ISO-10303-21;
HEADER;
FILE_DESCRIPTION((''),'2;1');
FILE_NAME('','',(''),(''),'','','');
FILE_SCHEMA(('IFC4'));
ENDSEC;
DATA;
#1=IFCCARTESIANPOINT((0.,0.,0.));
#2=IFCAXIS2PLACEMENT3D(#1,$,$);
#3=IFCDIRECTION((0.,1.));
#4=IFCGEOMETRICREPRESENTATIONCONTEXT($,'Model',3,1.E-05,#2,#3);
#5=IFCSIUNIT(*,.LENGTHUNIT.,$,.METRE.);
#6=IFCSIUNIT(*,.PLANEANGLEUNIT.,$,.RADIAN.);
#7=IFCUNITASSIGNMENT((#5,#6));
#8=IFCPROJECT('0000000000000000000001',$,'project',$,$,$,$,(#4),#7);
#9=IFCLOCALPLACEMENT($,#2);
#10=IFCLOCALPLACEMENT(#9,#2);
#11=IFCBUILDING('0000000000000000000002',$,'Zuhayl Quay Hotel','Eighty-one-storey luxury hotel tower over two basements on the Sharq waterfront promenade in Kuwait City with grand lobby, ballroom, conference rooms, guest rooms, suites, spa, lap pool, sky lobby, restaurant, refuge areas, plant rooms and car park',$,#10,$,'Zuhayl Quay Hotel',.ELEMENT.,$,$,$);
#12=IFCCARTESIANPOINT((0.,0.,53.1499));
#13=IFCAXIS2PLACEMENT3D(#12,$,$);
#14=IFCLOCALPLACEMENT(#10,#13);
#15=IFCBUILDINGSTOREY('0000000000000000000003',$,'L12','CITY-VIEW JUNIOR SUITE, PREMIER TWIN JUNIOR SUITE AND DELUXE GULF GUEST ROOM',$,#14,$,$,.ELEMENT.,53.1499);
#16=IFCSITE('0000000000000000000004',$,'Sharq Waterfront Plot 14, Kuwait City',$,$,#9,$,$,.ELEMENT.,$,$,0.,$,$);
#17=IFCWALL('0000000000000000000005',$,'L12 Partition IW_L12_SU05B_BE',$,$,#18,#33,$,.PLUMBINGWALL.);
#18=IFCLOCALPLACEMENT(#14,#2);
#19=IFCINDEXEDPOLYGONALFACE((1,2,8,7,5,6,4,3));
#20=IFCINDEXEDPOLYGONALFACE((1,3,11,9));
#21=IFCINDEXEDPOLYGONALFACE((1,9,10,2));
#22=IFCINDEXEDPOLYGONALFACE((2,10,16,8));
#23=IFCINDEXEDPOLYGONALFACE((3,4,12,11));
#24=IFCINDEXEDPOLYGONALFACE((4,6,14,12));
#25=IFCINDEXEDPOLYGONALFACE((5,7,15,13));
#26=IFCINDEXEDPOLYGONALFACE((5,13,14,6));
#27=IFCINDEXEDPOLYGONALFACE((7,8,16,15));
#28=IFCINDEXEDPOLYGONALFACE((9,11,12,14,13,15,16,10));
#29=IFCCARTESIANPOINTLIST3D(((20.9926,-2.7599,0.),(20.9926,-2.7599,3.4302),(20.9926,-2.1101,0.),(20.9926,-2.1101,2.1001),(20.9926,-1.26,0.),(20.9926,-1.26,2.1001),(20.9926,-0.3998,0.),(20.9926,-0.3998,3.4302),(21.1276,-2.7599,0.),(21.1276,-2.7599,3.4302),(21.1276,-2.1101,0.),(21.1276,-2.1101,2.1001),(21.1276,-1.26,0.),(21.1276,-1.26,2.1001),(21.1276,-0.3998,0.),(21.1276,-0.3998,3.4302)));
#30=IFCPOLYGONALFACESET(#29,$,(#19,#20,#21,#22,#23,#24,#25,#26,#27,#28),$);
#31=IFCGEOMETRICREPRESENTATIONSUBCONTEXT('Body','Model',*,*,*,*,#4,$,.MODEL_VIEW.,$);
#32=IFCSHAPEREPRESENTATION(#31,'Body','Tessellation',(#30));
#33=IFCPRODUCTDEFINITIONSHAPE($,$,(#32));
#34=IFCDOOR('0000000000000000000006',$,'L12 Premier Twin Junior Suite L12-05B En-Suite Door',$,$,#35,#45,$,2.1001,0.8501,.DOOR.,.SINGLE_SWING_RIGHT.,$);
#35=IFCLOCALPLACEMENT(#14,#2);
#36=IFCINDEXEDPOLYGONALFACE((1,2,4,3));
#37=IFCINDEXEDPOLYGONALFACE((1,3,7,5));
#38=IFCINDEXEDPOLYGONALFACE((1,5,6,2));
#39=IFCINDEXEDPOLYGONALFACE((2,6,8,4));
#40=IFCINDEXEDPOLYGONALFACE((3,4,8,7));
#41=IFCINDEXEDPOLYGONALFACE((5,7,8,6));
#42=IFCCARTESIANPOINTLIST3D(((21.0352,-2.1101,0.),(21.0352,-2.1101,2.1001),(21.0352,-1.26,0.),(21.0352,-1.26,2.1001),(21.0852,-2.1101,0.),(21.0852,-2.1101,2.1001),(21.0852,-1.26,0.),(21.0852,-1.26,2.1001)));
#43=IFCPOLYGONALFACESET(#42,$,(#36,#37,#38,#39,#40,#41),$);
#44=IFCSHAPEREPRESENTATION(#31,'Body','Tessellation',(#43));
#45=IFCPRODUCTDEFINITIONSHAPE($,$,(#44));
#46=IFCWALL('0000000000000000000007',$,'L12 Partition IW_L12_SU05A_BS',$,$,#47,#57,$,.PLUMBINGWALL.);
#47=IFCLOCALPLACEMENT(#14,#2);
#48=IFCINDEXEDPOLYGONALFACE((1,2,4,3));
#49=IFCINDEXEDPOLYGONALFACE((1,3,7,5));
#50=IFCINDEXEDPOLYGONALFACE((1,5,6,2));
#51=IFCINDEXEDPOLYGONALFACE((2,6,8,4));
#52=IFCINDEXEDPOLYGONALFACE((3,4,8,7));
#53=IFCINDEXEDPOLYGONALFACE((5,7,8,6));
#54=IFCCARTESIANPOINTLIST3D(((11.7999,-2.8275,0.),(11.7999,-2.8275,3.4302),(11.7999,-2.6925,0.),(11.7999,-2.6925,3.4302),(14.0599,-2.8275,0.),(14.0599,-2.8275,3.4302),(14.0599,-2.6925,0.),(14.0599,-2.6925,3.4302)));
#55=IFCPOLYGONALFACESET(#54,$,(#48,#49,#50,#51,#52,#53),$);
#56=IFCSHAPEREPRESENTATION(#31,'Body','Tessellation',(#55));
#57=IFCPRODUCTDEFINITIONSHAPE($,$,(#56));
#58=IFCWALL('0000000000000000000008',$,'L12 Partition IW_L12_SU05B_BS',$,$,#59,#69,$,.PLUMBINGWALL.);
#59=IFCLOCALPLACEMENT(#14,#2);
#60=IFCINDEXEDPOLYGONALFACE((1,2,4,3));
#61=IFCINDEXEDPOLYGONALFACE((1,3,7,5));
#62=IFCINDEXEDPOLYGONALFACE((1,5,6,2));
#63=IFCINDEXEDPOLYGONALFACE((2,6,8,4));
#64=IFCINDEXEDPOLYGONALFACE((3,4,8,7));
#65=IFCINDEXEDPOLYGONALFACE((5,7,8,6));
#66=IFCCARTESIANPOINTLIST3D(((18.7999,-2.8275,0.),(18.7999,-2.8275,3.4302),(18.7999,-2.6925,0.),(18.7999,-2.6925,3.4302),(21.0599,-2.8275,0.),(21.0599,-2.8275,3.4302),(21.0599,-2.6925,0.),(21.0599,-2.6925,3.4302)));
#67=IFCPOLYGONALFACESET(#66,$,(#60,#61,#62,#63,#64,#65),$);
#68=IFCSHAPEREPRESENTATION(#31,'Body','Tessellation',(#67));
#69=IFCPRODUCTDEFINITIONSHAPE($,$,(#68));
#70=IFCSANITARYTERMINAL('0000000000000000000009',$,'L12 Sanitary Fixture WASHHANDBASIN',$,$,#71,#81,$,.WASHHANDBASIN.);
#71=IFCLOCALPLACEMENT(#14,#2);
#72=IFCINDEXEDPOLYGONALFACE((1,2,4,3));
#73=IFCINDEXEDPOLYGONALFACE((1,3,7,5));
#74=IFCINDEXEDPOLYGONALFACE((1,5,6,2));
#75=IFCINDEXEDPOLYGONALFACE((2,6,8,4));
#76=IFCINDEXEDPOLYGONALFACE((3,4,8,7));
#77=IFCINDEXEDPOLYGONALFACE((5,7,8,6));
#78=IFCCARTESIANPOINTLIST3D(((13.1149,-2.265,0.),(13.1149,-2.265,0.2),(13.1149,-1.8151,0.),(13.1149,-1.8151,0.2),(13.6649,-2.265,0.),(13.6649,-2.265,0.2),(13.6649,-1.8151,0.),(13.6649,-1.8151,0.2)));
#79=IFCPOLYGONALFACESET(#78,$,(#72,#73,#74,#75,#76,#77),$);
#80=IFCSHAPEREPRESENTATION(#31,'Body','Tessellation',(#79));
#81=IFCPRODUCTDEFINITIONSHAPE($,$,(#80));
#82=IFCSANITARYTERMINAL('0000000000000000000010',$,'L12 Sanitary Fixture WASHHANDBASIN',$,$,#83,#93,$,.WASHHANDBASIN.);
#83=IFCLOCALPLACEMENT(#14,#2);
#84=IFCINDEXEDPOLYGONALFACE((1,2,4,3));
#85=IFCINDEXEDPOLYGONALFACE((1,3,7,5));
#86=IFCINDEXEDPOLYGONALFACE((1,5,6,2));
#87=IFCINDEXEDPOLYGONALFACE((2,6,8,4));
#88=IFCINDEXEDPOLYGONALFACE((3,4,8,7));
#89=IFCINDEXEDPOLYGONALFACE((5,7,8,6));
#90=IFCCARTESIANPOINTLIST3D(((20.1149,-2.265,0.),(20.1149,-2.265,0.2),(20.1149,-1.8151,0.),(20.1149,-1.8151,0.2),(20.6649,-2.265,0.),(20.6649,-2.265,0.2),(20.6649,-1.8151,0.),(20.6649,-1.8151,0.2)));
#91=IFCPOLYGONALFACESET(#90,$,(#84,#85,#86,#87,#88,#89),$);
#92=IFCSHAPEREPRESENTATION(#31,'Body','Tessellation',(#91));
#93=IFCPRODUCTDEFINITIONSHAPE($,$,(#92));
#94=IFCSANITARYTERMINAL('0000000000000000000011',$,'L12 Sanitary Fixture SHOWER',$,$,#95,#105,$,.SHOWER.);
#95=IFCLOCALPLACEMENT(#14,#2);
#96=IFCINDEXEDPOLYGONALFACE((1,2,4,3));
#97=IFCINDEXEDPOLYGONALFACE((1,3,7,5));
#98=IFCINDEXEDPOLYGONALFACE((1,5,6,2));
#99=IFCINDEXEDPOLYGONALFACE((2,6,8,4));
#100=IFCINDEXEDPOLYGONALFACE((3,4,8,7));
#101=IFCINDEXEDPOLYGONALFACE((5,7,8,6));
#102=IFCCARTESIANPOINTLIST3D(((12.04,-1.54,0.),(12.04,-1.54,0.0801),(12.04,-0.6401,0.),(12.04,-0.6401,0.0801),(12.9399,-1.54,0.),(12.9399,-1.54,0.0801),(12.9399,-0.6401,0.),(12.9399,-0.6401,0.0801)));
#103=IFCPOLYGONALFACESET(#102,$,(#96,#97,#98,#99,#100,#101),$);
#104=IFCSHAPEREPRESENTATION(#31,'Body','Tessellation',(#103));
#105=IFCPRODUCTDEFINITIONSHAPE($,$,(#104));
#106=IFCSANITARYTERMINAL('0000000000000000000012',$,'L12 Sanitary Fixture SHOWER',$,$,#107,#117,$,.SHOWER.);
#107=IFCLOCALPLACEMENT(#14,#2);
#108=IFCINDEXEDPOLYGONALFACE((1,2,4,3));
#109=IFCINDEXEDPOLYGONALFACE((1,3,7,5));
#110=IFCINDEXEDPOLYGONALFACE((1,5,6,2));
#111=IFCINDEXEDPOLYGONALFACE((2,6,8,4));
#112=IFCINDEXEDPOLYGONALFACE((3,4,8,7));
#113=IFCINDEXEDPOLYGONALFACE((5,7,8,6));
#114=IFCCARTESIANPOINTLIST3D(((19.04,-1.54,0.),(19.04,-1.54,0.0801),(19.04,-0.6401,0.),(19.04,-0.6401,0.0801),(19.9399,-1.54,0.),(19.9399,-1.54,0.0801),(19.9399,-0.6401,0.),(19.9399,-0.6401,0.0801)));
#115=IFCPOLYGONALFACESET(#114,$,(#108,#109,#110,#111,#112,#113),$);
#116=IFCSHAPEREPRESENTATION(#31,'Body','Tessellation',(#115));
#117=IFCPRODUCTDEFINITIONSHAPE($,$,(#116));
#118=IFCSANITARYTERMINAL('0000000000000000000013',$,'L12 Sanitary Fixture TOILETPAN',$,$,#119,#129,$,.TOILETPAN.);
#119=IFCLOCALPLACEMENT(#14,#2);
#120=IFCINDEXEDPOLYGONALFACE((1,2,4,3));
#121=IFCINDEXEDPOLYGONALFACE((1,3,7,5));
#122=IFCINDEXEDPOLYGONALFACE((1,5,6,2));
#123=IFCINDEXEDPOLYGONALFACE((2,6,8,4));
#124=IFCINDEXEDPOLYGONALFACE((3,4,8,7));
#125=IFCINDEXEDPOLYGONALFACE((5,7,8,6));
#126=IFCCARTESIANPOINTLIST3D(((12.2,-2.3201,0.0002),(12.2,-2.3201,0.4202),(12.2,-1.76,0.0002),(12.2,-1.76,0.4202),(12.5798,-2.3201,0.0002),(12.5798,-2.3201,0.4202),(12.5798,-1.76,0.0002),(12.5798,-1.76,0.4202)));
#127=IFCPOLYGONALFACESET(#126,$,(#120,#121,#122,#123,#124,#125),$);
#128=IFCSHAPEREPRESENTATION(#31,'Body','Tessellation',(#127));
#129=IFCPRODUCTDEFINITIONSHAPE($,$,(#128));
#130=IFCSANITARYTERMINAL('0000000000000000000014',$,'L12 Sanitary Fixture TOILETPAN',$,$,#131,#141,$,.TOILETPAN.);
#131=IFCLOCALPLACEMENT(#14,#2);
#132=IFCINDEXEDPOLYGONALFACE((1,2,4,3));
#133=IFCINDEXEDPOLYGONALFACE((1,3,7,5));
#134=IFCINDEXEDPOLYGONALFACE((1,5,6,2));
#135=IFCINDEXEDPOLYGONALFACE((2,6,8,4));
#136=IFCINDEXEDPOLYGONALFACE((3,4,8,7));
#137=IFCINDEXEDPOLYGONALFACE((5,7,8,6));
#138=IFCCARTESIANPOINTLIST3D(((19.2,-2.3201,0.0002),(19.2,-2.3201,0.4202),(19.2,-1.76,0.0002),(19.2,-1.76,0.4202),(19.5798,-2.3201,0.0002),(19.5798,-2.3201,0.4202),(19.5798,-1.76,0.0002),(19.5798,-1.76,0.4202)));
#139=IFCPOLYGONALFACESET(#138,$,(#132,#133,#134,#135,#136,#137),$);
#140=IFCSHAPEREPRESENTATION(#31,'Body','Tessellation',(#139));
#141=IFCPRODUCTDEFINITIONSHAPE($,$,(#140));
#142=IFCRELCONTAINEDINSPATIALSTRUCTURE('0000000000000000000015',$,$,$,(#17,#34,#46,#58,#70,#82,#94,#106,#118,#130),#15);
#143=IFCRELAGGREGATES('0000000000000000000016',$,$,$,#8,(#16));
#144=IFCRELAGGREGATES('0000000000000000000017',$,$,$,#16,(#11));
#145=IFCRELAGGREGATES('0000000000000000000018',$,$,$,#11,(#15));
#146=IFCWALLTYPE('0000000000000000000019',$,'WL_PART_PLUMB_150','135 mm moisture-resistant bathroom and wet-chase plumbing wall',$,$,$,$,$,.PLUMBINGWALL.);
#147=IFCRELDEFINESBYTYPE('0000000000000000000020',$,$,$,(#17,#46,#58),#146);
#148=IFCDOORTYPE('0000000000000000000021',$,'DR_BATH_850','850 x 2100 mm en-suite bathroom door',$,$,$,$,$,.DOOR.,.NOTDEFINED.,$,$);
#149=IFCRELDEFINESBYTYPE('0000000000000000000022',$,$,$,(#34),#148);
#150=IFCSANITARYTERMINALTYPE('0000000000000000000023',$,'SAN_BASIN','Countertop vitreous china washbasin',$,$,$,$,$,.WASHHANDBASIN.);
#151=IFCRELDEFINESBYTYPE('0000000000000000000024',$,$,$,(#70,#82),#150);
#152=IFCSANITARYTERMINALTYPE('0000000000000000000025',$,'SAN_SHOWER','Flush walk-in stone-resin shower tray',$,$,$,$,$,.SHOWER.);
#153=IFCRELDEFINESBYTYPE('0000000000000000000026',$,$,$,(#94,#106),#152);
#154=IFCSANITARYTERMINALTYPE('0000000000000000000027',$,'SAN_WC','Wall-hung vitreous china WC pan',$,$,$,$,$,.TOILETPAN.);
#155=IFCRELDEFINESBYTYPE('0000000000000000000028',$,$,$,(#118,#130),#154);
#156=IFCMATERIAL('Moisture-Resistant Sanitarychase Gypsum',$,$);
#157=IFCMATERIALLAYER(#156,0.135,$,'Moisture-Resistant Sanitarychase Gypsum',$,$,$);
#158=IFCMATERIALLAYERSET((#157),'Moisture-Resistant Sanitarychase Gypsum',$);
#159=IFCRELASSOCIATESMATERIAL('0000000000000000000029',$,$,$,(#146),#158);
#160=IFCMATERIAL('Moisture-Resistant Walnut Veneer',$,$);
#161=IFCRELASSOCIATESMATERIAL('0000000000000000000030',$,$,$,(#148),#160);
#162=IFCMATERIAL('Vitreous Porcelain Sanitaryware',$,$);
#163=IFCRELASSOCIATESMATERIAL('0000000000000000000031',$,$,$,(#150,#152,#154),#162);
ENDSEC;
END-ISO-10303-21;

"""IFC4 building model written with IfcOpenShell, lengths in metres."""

from ifc_helpers import new_model, si_unit, direction, frame, frame_2d, origin, origin_2d, place, context, subcontext, project, spatial, rectangle, extrude, material, layer, layer_set, type_object, element, fill, save


model = new_model("IFC4")

# Units and contexts
model_context = context("Model", 3, precision=1e-05, world=origin(), true_north=direction((0.0, 1.0)))
body_context = subcontext(model_context, "Body", "Model", "MODEL_VIEW")
ifc_project = project(units=[si_unit("LENGTHUNIT", "METRE"), si_unit("PLANEANGLEUNIT", "RADIAN")], contexts=[model_context])

# Site, building, storey
site_placement = place(None, origin())
site = spatial("IfcSite", under=ifc_project, at=site_placement, Name="Sharq Waterfront Plot 14, Kuwait City", CompositionType="ELEMENT", RefElevation=0.0)
building_placement = place(site_placement, origin())
building = spatial("IfcBuilding", under=site, at=building_placement, Name="Zuhayl Quay Hotel", Description="Eighty-one-storey luxury hotel tower over two basements on the Sharq waterfront promenade in Kuwait City with grand lobby, ballroom, conference rooms, guest rooms, suites, spa, lap pool, sky lobby, restaurant, refuge areas, plant rooms and car park", LongName="Zuhayl Quay Hotel", CompositionType="ELEMENT")
storey_placement = place(building_placement, frame((0.0, 0.0, 53.1499)))
storey = spatial("IfcBuildingStorey", under=building, at=storey_placement, Name="L12", Description="CITY-VIEW JUNIOR SUITE, PREMIER TWIN JUNIOR SUITE AND DELUXE GULF GUEST ROOM", CompositionType="ELEMENT", Elevation=53.1499)

# Wall, opening, door
ifc_material_1 = material(Name="Moisture-Resistant Sanitarychase Gypsum")
ifc_layer_1 = layer(ifc_material_1, 0.135, Name="Moisture-Resistant Sanitarychase Gypsum")
ifc_layer_set_1 = layer_set([ifc_layer_1], Name="Moisture-Resistant Sanitarychase Gypsum")
wall_type_1 = type_object("IfcWallType", Name="WL_PART_PLUMB_150", Description="135 mm moisture-resistant bathroom and wet-chase plumbing wall", PredefinedType="PLUMBINGWALL", material=ifc_layer_set_1)
ifc_material_2 = material(Name="Moisture-Resistant Walnut Veneer")
door_type_1 = type_object("IfcDoorType", Name="DR_BATH_850", Description="850 x 2100 mm en-suite bathroom door", OperationType="NOTDEFINED", PredefinedType="DOOR", material=ifc_material_2)
wall_1_placement = place(storey_placement, frame((21.0601, -2.76, 0.0), z_axis=(0.0, 0.0, 1.0), x_axis=(0.0, 1.0, 0.0)))
wall_1 = element("IfcWall", 1, at=wall_1_placement, inside=storey, type_object=wall_type_1, Name="L12 Partition IW_L12_SU05B_BE", PredefinedType="PLUMBINGWALL", context=body_context, shape_type="SweptSolid", body=[
    extrude(rectangle(XDim=2.3601, YDim=0.135, at=frame_2d((1.1802, 0.0))), origin(), (0.0, 0.0, 1.0), 3.4302),
])
opening_1_placement = place(wall_1_placement, frame((0.6499, 0.0, 0.0)))
opening_1 = element("IfcOpeningElement", 2, at=opening_1_placement, cuts=wall_1, PredefinedType="OPENING", context=body_context, shape_type="SweptSolid", body=[
    extrude(rectangle(XDim=0.8501, YDim=2.1001, at=frame_2d((0.425, 1.05))), frame((0.0, 0.0774, 0.0), z_axis=(0.0, -1.0, 0.0), x_axis=(1.0, 0.0, 0.0)), (0.0, 0.0, 1.0), 0.155),
])
door_1_placement = place(opening_1_placement, origin())
door_1 = element("IfcDoor", 3, at=door_1_placement, inside=storey, type_object=door_type_1, Name="L12 Premier Twin Junior Suite L12-05B En-Suite Door", OperationType="SINGLE_SWING_RIGHT", OverallHeight=2.1001, OverallWidth=0.8501, PredefinedType="DOOR", context=body_context, shape_type="SweptSolid", body=[
    extrude(rectangle(XDim=0.8501, YDim=2.1001, at=frame_2d((0.425, 1.05))), frame((0.0, 0.0249, 0.0), z_axis=(0.0, -1.0, 0.0), x_axis=(1.0, 0.0, 0.0)), (0.0, 0.0, 1.0), 0.05),
])
fill(opening_1, door_1)

# Walls
for number, where, z_axis, x_axis, name in (
    (4, (11.8, -2.76, 0.0), (0.0, 0.0, 1.0), (1.0, 0.0, 0.0), "L12 Partition IW_L12_SU05A_BS"),
    (5, (18.8, -2.76, 0.0), (0.0, 0.0, 1.0), (1.0, 0.0, 0.0), "L12 Partition IW_L12_SU05B_BS"),
):
    element("IfcWall", number, at=place(storey_placement, frame(where, z_axis=z_axis, x_axis=x_axis)), inside=storey, type_object=wall_type_1, Name=name, PredefinedType="PLUMBINGWALL", context=body_context, shape_type="SweptSolid", body=[
        extrude(rectangle(XDim=2.26, YDim=0.135, at=frame_2d((1.1299, 0.0))), origin(), (0.0, 0.0, 1.0), 3.4302),
    ])

# Sanitary terminals
ifc_material_3 = material(Name="Vitreous Porcelain Sanitaryware")
sanitary_terminal_type_1 = type_object("IfcSanitaryTerminalType", Name="SAN_BASIN", Description="Countertop vitreous china washbasin", PredefinedType="WASHHANDBASIN", material=ifc_material_3)
for number, where, z_axis, x_axis, name in (
    (6, (13.3899, -2.04, 0.0), (0.0, 0.0, 1.0), (1.0, 0.0, 0.0), "L12 Sanitary Fixture WASHHANDBASIN"),
    (7, (20.3899, -2.04, 0.0), (0.0, 0.0, 1.0), (1.0, 0.0, 0.0), "L12 Sanitary Fixture WASHHANDBASIN"),
):
    element("IfcSanitaryTerminal", number, at=place(storey_placement, frame(where, z_axis=z_axis, x_axis=x_axis)), inside=storey, type_object=sanitary_terminal_type_1, Name=name, PredefinedType="WASHHANDBASIN", context=body_context, shape_type="SweptSolid", body=[
        extrude(rectangle(XDim=0.55, YDim=0.45, at=origin_2d()), origin(), (0.0, 0.0, 1.0), 0.2),
    ])
sanitary_terminal_type_2 = type_object("IfcSanitaryTerminalType", Name="SAN_SHOWER", Description="Flush walk-in stone-resin shower tray", PredefinedType="SHOWER", material=ifc_material_3)
for number, where, z_axis, x_axis, name in (
    (8, (12.49, -1.0901, 0.0), (0.0, 0.0, 1.0), (1.0, 0.0, 0.0), "L12 Sanitary Fixture SHOWER"),
    (9, (19.49, -1.0901, 0.0), (0.0, 0.0, 1.0), (1.0, 0.0, 0.0), "L12 Sanitary Fixture SHOWER"),
):
    element("IfcSanitaryTerminal", number, at=place(storey_placement, frame(where, z_axis=z_axis, x_axis=x_axis)), inside=storey, type_object=sanitary_terminal_type_2, Name=name, PredefinedType="SHOWER", context=body_context, shape_type="SweptSolid", body=[
        extrude(rectangle(XDim=0.8999, YDim=0.8999, at=origin_2d()), origin(), (0.0, 0.0, 1.0), 0.0801),
    ])
sanitary_terminal_type_3 = type_object("IfcSanitaryTerminalType", Name="SAN_WC", Description="Wall-hung vitreous china WC pan", PredefinedType="TOILETPAN", material=ifc_material_3)
for number, where, z_axis, x_axis, name in (
    (10, (12.3899, -2.04, 0.0002), (0.0, 0.0, 1.0), (1.0, 0.0, 0.0), "L12 Sanitary Fixture TOILETPAN"),
    (11, (19.3899, -2.04, 0.0002), (0.0, 0.0, 1.0), (1.0, 0.0, 0.0), "L12 Sanitary Fixture TOILETPAN"),
):
    element("IfcSanitaryTerminal", number, at=place(storey_placement, frame(where, z_axis=z_axis, x_axis=x_axis)), inside=storey, type_object=sanitary_terminal_type_3, Name=name, PredefinedType="TOILETPAN", context=body_context, shape_type="SweptSolid", body=[
        extrude(rectangle(XDim=0.3799, YDim=0.5601, at=origin_2d()), origin(), (0.0, 0.0, 1.0), 0.4199),
    ])

save(model, "model.ifc")
